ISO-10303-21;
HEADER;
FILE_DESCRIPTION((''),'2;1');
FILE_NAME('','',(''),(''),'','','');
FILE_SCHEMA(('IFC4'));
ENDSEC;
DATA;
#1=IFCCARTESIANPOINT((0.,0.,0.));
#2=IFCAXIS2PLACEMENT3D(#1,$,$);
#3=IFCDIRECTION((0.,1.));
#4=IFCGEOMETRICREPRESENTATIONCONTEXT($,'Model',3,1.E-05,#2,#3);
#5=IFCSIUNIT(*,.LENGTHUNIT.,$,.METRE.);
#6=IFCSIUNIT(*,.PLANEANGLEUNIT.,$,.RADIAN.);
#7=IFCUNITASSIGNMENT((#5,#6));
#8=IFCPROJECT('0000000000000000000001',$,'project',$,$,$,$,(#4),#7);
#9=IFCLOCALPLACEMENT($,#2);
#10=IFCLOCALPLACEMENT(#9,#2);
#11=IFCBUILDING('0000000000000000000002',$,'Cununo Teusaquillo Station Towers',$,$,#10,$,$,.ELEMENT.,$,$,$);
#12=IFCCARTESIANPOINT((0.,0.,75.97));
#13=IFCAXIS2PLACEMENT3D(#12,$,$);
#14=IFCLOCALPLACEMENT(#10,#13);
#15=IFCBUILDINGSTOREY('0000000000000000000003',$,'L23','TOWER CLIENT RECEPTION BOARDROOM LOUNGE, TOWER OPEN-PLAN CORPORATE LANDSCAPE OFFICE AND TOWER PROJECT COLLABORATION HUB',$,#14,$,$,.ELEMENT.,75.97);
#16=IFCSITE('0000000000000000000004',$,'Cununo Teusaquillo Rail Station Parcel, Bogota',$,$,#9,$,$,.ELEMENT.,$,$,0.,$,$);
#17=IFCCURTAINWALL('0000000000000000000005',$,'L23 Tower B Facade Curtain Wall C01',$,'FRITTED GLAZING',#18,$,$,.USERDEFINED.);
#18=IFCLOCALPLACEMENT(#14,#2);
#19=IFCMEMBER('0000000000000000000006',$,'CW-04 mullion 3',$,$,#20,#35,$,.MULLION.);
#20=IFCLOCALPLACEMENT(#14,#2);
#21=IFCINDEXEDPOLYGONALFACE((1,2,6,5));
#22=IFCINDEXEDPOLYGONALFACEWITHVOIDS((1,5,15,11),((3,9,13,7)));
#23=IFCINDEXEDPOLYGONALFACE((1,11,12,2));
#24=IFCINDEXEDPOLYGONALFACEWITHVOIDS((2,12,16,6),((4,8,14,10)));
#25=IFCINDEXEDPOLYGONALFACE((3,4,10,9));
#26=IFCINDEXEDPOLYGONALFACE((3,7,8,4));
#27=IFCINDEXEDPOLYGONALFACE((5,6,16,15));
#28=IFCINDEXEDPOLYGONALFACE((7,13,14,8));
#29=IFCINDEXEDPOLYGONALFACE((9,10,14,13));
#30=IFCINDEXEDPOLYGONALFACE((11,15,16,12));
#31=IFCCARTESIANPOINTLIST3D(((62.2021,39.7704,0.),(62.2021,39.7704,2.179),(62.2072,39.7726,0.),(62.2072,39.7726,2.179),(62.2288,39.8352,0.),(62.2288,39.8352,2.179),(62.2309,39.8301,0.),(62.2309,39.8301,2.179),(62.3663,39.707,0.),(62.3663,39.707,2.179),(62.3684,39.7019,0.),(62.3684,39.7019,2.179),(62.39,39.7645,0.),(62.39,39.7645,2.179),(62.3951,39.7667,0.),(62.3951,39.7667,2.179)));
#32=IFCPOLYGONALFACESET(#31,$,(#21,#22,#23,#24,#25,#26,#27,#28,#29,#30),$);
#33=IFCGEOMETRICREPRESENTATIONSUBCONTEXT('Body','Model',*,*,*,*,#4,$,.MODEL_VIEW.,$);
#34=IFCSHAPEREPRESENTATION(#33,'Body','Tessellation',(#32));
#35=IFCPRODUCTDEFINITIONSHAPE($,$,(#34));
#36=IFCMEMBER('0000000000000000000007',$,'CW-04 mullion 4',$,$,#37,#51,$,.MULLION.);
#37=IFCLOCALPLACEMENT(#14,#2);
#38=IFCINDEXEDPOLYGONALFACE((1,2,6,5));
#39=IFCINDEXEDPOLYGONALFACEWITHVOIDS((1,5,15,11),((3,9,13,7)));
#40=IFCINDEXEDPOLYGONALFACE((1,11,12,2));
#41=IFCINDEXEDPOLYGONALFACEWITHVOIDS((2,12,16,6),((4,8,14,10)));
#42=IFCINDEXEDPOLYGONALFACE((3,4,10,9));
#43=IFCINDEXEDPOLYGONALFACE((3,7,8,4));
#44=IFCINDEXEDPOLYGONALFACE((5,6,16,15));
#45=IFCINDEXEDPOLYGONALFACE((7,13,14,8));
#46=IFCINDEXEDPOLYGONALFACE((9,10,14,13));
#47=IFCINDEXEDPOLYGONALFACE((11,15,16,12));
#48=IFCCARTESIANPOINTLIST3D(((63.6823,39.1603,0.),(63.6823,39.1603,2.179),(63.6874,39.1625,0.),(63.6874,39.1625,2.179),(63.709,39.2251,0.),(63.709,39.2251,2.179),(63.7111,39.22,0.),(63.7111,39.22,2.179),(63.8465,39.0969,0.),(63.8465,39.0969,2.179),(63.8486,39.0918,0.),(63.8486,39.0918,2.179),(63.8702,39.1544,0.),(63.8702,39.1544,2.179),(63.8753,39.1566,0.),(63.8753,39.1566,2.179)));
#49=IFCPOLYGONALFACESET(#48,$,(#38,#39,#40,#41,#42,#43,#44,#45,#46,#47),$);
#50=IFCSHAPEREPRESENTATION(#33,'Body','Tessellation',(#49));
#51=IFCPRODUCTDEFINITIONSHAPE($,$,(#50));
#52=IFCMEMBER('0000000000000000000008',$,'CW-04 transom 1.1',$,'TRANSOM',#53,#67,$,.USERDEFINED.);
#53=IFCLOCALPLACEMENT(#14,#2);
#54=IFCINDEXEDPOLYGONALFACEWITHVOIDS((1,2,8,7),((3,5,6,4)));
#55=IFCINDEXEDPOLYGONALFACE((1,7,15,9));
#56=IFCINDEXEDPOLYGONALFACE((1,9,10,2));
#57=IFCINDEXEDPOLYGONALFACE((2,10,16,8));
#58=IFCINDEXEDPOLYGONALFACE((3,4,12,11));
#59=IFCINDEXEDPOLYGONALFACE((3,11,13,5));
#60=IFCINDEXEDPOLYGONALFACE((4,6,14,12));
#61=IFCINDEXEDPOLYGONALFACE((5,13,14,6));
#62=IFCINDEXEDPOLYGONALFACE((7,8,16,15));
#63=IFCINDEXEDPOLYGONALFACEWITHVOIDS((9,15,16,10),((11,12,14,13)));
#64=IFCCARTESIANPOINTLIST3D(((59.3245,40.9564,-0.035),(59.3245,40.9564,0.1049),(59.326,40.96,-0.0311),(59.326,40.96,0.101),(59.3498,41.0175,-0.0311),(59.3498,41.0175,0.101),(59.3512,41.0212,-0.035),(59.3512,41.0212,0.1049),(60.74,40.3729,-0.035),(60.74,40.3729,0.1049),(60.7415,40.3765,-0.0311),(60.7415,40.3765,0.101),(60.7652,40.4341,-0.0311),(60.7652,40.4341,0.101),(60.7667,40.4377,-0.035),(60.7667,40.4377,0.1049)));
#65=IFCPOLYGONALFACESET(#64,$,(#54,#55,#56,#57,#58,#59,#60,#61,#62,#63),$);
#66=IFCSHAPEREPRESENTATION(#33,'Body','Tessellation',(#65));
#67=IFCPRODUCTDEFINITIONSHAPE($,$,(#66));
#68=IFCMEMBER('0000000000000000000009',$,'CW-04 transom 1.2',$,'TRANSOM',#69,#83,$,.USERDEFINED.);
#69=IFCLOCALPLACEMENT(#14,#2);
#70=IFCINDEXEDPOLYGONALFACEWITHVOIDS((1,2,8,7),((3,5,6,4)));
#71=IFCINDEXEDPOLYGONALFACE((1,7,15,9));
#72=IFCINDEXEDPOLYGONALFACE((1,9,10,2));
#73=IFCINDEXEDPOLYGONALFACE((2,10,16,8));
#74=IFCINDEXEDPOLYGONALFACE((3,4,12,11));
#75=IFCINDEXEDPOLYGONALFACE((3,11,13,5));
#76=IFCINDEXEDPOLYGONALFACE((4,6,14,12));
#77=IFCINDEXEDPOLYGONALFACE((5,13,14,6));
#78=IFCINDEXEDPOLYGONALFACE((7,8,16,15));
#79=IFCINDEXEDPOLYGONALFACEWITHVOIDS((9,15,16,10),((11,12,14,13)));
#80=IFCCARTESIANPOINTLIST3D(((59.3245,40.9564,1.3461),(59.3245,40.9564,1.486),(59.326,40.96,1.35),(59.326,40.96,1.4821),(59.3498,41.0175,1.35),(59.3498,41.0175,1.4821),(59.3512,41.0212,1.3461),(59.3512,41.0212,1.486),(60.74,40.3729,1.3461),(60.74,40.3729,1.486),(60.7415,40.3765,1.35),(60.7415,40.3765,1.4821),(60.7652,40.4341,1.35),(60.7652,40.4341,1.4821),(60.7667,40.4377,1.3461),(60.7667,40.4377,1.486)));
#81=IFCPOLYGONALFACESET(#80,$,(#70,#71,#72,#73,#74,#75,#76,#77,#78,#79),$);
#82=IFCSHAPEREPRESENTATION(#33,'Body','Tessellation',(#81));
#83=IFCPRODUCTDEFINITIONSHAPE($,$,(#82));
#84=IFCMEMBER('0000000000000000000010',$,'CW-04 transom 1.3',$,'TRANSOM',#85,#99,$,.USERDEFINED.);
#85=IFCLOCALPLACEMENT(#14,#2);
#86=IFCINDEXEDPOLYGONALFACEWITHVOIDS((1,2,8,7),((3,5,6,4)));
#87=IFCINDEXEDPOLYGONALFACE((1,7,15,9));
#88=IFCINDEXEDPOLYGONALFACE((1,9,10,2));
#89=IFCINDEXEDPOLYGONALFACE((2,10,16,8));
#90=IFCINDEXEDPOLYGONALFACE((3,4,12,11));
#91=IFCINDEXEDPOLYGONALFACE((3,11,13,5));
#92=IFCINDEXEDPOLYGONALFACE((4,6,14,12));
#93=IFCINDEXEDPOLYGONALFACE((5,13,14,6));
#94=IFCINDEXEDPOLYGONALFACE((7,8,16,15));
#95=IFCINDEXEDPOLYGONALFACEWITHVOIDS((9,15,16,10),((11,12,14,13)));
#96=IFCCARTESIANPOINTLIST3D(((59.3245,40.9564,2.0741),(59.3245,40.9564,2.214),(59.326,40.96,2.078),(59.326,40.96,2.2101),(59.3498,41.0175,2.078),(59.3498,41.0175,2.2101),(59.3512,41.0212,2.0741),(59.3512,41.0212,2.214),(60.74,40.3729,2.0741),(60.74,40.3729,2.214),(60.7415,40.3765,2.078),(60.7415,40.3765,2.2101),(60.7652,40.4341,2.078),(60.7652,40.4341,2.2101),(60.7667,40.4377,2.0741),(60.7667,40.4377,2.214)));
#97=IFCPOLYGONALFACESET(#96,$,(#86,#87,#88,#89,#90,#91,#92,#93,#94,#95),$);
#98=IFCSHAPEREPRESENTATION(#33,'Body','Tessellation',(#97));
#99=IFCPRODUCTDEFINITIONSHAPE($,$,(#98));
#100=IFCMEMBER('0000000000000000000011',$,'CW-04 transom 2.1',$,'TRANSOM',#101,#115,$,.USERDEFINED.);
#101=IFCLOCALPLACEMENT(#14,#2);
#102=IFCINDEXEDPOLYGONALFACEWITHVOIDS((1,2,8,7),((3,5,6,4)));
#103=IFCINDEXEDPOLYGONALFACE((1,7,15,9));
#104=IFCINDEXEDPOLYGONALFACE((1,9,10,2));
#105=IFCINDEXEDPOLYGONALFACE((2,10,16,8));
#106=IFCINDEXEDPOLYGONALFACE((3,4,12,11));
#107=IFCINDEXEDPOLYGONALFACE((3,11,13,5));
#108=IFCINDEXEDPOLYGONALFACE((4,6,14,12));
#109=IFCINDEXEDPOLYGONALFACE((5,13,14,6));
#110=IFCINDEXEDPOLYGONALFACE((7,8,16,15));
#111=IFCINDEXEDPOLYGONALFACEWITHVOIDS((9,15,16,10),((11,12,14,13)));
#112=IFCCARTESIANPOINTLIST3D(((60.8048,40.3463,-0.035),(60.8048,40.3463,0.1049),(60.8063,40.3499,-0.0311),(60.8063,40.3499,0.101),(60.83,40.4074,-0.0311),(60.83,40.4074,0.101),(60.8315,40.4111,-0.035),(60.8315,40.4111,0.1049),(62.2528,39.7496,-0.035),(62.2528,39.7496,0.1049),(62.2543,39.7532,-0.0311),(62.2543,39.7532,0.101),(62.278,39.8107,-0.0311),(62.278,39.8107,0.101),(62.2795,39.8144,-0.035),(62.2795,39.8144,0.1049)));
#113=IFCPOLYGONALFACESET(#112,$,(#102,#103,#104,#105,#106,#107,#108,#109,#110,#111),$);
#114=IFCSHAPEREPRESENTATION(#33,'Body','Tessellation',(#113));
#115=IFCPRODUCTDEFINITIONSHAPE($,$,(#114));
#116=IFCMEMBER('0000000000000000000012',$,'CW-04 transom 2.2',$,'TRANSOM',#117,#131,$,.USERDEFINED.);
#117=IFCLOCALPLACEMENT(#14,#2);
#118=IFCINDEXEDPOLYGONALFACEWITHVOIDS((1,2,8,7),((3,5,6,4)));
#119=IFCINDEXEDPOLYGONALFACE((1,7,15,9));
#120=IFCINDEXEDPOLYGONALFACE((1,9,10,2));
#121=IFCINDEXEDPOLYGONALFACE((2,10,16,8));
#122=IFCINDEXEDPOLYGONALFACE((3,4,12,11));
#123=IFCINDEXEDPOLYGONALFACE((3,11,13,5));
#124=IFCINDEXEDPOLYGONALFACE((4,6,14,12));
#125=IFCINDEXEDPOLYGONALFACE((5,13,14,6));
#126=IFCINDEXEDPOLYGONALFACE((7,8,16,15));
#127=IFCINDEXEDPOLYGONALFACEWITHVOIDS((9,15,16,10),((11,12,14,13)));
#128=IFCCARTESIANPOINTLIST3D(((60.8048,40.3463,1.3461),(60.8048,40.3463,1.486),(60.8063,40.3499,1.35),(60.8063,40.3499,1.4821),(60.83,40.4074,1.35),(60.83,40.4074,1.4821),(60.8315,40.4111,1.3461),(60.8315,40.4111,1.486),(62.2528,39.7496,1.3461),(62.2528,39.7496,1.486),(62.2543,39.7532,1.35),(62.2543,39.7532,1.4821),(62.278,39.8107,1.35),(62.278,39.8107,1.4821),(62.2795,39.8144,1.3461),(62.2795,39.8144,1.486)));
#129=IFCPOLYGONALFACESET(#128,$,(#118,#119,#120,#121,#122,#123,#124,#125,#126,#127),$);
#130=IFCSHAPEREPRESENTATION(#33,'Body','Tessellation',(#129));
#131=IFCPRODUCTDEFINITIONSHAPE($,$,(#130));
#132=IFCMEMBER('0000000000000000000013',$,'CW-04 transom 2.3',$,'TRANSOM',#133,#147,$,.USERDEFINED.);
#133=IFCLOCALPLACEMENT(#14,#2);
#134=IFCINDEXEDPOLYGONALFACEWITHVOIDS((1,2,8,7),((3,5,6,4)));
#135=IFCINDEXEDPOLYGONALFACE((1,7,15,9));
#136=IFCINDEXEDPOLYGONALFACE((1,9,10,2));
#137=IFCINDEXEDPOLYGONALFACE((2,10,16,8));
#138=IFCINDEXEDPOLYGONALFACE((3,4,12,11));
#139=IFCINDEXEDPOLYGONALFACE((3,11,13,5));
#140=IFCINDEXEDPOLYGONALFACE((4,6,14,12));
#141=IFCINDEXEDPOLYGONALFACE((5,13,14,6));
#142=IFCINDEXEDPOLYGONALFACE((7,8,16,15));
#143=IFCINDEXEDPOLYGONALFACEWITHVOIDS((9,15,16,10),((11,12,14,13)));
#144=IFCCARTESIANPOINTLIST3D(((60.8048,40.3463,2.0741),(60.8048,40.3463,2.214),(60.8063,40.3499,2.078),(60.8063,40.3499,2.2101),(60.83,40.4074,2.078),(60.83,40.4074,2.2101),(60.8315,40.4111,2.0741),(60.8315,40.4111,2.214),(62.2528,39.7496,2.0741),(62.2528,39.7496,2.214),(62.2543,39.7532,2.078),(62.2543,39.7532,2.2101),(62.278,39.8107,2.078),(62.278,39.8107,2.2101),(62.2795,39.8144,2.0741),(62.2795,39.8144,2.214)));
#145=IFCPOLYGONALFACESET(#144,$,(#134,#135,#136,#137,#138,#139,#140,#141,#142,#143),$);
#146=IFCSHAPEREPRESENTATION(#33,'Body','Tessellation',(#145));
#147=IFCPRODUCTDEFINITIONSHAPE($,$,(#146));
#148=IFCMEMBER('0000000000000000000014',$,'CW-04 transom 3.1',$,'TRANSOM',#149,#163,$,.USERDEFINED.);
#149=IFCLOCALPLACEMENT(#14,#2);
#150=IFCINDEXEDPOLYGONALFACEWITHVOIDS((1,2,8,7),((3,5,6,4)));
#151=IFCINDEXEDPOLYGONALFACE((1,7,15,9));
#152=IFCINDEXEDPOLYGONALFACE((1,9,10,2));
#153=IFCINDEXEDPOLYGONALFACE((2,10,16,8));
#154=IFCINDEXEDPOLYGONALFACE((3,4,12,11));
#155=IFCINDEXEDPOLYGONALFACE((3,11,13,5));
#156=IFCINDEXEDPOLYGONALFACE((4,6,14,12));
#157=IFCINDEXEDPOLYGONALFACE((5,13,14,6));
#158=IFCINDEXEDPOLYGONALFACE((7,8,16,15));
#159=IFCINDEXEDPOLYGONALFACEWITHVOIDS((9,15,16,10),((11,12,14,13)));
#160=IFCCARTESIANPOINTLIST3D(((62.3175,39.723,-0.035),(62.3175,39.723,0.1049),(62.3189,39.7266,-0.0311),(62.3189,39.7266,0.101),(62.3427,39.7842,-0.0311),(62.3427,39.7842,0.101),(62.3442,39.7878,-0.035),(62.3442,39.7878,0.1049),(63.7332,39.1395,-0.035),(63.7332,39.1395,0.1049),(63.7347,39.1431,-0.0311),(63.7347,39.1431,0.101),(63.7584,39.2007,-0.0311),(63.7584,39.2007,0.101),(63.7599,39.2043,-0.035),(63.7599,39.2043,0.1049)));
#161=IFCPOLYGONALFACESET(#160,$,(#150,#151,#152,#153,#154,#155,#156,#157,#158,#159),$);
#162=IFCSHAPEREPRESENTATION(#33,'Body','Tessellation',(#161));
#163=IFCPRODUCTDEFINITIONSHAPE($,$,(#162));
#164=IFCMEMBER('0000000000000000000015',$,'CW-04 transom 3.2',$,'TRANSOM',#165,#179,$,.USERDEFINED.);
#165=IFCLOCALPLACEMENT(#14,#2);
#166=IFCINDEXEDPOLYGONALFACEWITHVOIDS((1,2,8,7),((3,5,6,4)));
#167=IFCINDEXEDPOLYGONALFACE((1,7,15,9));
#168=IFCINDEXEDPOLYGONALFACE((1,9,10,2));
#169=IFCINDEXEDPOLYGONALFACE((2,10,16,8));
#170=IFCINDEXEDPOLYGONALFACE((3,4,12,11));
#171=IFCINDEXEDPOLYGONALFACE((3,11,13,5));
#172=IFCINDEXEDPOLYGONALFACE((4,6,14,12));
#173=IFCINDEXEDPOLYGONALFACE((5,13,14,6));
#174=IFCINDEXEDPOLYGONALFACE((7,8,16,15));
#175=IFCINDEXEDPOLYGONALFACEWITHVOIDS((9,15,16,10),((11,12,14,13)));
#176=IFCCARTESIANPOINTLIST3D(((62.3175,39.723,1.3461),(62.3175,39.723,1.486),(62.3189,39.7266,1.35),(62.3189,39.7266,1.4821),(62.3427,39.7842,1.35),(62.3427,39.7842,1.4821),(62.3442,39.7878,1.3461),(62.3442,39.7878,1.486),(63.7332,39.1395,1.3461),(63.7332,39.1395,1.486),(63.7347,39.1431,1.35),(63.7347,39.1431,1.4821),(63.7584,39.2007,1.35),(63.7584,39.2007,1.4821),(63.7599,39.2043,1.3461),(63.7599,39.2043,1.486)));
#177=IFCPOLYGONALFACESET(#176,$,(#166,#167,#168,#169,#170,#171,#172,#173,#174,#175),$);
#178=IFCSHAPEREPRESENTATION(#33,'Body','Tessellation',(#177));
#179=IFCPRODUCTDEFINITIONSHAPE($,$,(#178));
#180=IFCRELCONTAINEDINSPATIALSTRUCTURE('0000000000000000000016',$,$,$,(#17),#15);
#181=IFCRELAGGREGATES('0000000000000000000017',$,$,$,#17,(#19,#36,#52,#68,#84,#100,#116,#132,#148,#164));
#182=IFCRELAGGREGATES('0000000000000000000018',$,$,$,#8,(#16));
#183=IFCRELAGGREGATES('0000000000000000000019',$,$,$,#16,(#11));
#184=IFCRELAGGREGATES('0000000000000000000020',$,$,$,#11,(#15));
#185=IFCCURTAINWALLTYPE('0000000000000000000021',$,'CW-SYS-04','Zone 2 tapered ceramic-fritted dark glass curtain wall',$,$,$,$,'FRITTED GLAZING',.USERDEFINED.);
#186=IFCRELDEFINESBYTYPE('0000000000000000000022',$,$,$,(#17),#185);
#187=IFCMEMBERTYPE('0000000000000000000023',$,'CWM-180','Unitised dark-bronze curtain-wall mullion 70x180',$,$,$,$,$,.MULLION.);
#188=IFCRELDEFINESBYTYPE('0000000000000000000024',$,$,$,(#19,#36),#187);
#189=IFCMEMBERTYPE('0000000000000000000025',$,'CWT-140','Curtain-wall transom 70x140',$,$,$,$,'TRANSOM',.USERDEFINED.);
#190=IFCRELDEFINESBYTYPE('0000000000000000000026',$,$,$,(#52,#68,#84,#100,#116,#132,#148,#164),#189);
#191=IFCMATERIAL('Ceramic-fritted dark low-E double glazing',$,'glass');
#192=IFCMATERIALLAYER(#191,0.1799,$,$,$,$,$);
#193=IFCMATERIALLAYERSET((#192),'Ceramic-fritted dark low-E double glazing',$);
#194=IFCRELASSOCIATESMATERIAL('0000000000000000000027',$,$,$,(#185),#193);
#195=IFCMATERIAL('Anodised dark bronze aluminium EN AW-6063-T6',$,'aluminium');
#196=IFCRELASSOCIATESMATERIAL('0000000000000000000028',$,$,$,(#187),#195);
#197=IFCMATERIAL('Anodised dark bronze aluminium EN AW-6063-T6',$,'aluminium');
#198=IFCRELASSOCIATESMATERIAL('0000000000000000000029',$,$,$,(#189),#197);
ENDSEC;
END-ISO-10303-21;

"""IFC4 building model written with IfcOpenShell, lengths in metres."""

from ifc_helpers import new_model, si_unit, direction, frame, origin, origin_2d, place, context, subcontext, project, spatial, hollow_rectangle, extrude, material, layer, layer_set, material_profile, profile_set, type_object, element, aggregate, save


model = new_model("IFC4")

# Units and contexts
model_context = context("Model", 3, precision=1e-05, world=origin(), true_north=direction((0.0, 1.0)))
body_context = subcontext(model_context, "Body", "Model", "MODEL_VIEW")
ifc_project = project(units=[si_unit("LENGTHUNIT", "METRE"), si_unit("PLANEANGLEUNIT", "RADIAN")], contexts=[model_context])

# Site, building, storey
site_placement = place(None, origin())
site = spatial("IfcSite", under=ifc_project, at=site_placement, Name="Cununo Teusaquillo Rail Station Parcel, Bogota", CompositionType="ELEMENT", RefElevation=0.0)
building_placement = place(site_placement, origin())
building = spatial("IfcBuilding", under=site, at=building_placement, Name="Cununo Teusaquillo Station Towers", CompositionType="ELEMENT")
storey_placement = place(building_placement, frame((0.0, 0.0, 75.97)))
storey = spatial("IfcBuildingStorey", under=building, at=storey_placement, Name="L23", Description="TOWER CLIENT RECEPTION BOARDROOM LOUNGE, TOWER OPEN-PLAN CORPORATE LANDSCAPE OFFICE AND TOWER PROJECT COLLABORATION HUB", CompositionType="ELEMENT", Elevation=75.97)

# Curtain wall, members
ifc_material_1 = material(Name="Ceramic-fritted dark low-E double glazing", Category="glass")
ifc_layer_1 = layer(ifc_material_1, 0.1799)
ifc_layer_set_1 = layer_set([ifc_layer_1], Name="Ceramic-fritted dark low-E double glazing")
curtain_wall_type = type_object("IfcCurtainWallType", Name="CW-SYS-04", Description="Zone 2 tapered ceramic-fritted dark glass curtain wall", ElementType="FRITTED GLAZING", PredefinedType="USERDEFINED", material=ifc_layer_set_1)
curtain_wall_placement = place(storey_placement, origin())
curtain_wall = element("IfcCurtainWall", 1, at=curtain_wall_placement, inside=storey, type_object=curtain_wall_type, Name="L23 Tower B Facade Curtain Wall C01", ObjectType="FRITTED GLAZING", PredefinedType="USERDEFINED")
ifc_material_2 = material(Name="Anodised dark bronze aluminium EN AW-6063-T6", Category="aluminium")
ifc_material_profile_1 = material_profile(ifc_material_2, hollow_rectangle(XDim=0.0701, YDim=0.1799, WallThickness=0.0039, at=origin_2d()), Name="CW-MULL-70x180")
ifc_profile_set_1 = profile_set([ifc_material_profile_1], Name="Anodised dark bronze aluminium EN AW-6063-T6")
member_type_1 = type_object("IfcMemberType", Name="CWM-180", Description="Unitised dark-bronze curtain-wall mullion 70x180", PredefinedType="MULLION", material=ifc_profile_set_1)
member_1_placement = place(storey_placement, frame((62.2986, 39.7686, 0.0), z_axis=(0.0, 0.0, 1.0), x_axis=(0.381031, 0.924562, 0.0)))
member_1 = element("IfcMember", 2, at=member_1_placement, type_object=member_type_1, Name="CW-04 mullion 3", PredefinedType="MULLION", context=body_context, shape_type="SweptSolid", body=[
    extrude(hollow_rectangle(XDim=0.0701, YDim=0.1799, WallThickness=0.0039, at=origin_2d()), origin(), (0.0, 0.0, 1.0), 2.179),
])
member_2_placement = place(storey_placement, frame((63.7788, 39.1584, 0.0), z_axis=(0.0, 0.0, 1.0), x_axis=(0.381031, 0.924562, 0.0)))
member_2 = element("IfcMember", 3, at=member_2_placement, type_object=member_type_1, Name="CW-04 mullion 4", PredefinedType="MULLION", context=body_context, shape_type="SweptSolid", body=[
    extrude(hollow_rectangle(XDim=0.0701, YDim=0.1799, WallThickness=0.0039, at=origin_2d()), origin(), (0.0, 0.0, 1.0), 2.179),
])
ifc_material_3 = material(Name="Anodised dark bronze aluminium EN AW-6063-T6", Category="aluminium")
ifc_material_profile_2 = material_profile(ifc_material_3, hollow_rectangle(XDim=0.0701, YDim=0.1399, WallThickness=0.0039, at=origin_2d()), Name="CW-TRAN-70x140")
ifc_profile_set_2 = profile_set([ifc_material_profile_2], Name="Anodised dark bronze aluminium EN AW-6063-T6")
member_type_2 = type_object("IfcMemberType", Name="CWT-140", Description="Curtain-wall transom 70x140", ElementType="TRANSOM", PredefinedType="USERDEFINED", material=ifc_profile_set_2)
member_3_placement = place(storey_placement, frame((59.3379, 40.9888, 0.0349), z_axis=(0.924533, -0.381103, 0.0), x_axis=(0.381103, 0.924533, 0.0)))
member_3 = element("IfcMember", 4, at=member_3_placement, type_object=member_type_2, Name="CW-04 transom 1.1", ObjectType="TRANSOM", PredefinedType="USERDEFINED", context=body_context, shape_type="SweptSolid", body=[
    extrude(hollow_rectangle(XDim=0.0701, YDim=0.1399, WallThickness=0.0039, at=origin_2d()), origin(), (0.0, 0.0, 1.0), 1.531),
])
member_4_placement = place(storey_placement, frame((59.3379, 40.9888, 1.416), z_axis=(0.924533, -0.381103, 0.0), x_axis=(0.381103, 0.924533, 0.0)))
member_4 = element("IfcMember", 5, at=member_4_placement, type_object=member_type_2, Name="CW-04 transom 1.2", ObjectType="TRANSOM", PredefinedType="USERDEFINED", context=body_context, shape_type="SweptSolid", body=[
    extrude(hollow_rectangle(XDim=0.0701, YDim=0.1399, WallThickness=0.0039, at=origin_2d()), origin(), (0.0, 0.0, 1.0), 1.531),
])
member_5_placement = place(storey_placement, frame((59.3379, 40.9888, 2.144), z_axis=(0.924533, -0.381103, 0.0), x_axis=(0.381103, 0.924533, 0.0)))
member_5 = element("IfcMember", 6, at=member_5_placement, type_object=member_type_2, Name="CW-04 transom 1.3", ObjectType="TRANSOM", PredefinedType="USERDEFINED", context=body_context, shape_type="SweptSolid", body=[
    extrude(hollow_rectangle(XDim=0.0701, YDim=0.1399, WallThickness=0.0039, at=origin_2d()), origin(), (0.0, 0.0, 1.0), 1.531),
])
member_6_placement = place(storey_placement, frame((60.8181, 40.3787, 0.0349), z_axis=(0.924578, -0.380993, 0.0), x_axis=(0.380993, 0.924578, 0.0)))
member_6 = element("IfcMember", 7, at=member_6_placement, type_object=member_type_2, Name="CW-04 transom 2.1", ObjectType="TRANSOM", PredefinedType="USERDEFINED", context=body_context, shape_type="SweptSolid", body=[
    extrude(hollow_rectangle(XDim=0.0701, YDim=0.1399, WallThickness=0.0039, at=origin_2d()), origin(), (0.0, 0.0, 1.0), 1.5662),
])
member_7_placement = place(storey_placement, frame((60.8181, 40.3787, 1.416), z_axis=(0.924578, -0.380993, 0.0), x_axis=(0.380993, 0.924578, 0.0)))
member_7 = element("IfcMember", 8, at=member_7_placement, type_object=member_type_2, Name="CW-04 transom 2.2", ObjectType="TRANSOM", PredefinedType="USERDEFINED", context=body_context, shape_type="SweptSolid", body=[
    extrude(hollow_rectangle(XDim=0.0701, YDim=0.1399, WallThickness=0.0039, at=origin_2d()), origin(), (0.0, 0.0, 1.0), 1.5662),
])
member_8_placement = place(storey_placement, frame((60.8181, 40.3787, 2.144), z_axis=(0.924578, -0.380993, 0.0), x_axis=(0.380993, 0.924578, 0.0)))
member_8 = element("IfcMember", 9, at=member_8_placement, type_object=member_type_2, Name="CW-04 transom 2.3", ObjectType="TRANSOM", PredefinedType="USERDEFINED", context=body_context, shape_type="SweptSolid", body=[
    extrude(hollow_rectangle(XDim=0.0701, YDim=0.1399, WallThickness=0.0039, at=origin_2d()), origin(), (0.0, 0.0, 1.0), 1.5662),
])
member_9_placement = place(storey_placement, frame((62.3308, 39.7554, 0.0349), z_axis=(0.924556, -0.381046, 0.0), x_axis=(0.381046, 0.924556, 0.0)))
member_9 = element("IfcMember", 10, at=member_9_placement, type_object=member_type_2, Name="CW-04 transom 3.1", ObjectType="TRANSOM", PredefinedType="USERDEFINED", context=body_context, shape_type="SweptSolid", body=[
    extrude(hollow_rectangle(XDim=0.0701, YDim=0.1399, WallThickness=0.0039, at=origin_2d()), origin(), (0.0, 0.0, 1.0), 1.5312),
])
member_10_placement = place(storey_placement, frame((62.3308, 39.7554, 1.416), z_axis=(0.924556, -0.381046, 0.0), x_axis=(0.381046, 0.924556, 0.0)))
member_10 = element("IfcMember", 11, at=member_10_placement, type_object=member_type_2, Name="CW-04 transom 3.2", ObjectType="TRANSOM", PredefinedType="USERDEFINED", context=body_context, shape_type="SweptSolid", body=[
    extrude(hollow_rectangle(XDim=0.0701, YDim=0.1399, WallThickness=0.0039, at=origin_2d()), origin(), (0.0, 0.0, 1.0), 1.5312),
])

aggregate(curtain_wall, [member_1, member_2, member_3, member_4, member_5, member_6, member_7, member_8, member_9, member_10])

save(model, "model.ifc")
